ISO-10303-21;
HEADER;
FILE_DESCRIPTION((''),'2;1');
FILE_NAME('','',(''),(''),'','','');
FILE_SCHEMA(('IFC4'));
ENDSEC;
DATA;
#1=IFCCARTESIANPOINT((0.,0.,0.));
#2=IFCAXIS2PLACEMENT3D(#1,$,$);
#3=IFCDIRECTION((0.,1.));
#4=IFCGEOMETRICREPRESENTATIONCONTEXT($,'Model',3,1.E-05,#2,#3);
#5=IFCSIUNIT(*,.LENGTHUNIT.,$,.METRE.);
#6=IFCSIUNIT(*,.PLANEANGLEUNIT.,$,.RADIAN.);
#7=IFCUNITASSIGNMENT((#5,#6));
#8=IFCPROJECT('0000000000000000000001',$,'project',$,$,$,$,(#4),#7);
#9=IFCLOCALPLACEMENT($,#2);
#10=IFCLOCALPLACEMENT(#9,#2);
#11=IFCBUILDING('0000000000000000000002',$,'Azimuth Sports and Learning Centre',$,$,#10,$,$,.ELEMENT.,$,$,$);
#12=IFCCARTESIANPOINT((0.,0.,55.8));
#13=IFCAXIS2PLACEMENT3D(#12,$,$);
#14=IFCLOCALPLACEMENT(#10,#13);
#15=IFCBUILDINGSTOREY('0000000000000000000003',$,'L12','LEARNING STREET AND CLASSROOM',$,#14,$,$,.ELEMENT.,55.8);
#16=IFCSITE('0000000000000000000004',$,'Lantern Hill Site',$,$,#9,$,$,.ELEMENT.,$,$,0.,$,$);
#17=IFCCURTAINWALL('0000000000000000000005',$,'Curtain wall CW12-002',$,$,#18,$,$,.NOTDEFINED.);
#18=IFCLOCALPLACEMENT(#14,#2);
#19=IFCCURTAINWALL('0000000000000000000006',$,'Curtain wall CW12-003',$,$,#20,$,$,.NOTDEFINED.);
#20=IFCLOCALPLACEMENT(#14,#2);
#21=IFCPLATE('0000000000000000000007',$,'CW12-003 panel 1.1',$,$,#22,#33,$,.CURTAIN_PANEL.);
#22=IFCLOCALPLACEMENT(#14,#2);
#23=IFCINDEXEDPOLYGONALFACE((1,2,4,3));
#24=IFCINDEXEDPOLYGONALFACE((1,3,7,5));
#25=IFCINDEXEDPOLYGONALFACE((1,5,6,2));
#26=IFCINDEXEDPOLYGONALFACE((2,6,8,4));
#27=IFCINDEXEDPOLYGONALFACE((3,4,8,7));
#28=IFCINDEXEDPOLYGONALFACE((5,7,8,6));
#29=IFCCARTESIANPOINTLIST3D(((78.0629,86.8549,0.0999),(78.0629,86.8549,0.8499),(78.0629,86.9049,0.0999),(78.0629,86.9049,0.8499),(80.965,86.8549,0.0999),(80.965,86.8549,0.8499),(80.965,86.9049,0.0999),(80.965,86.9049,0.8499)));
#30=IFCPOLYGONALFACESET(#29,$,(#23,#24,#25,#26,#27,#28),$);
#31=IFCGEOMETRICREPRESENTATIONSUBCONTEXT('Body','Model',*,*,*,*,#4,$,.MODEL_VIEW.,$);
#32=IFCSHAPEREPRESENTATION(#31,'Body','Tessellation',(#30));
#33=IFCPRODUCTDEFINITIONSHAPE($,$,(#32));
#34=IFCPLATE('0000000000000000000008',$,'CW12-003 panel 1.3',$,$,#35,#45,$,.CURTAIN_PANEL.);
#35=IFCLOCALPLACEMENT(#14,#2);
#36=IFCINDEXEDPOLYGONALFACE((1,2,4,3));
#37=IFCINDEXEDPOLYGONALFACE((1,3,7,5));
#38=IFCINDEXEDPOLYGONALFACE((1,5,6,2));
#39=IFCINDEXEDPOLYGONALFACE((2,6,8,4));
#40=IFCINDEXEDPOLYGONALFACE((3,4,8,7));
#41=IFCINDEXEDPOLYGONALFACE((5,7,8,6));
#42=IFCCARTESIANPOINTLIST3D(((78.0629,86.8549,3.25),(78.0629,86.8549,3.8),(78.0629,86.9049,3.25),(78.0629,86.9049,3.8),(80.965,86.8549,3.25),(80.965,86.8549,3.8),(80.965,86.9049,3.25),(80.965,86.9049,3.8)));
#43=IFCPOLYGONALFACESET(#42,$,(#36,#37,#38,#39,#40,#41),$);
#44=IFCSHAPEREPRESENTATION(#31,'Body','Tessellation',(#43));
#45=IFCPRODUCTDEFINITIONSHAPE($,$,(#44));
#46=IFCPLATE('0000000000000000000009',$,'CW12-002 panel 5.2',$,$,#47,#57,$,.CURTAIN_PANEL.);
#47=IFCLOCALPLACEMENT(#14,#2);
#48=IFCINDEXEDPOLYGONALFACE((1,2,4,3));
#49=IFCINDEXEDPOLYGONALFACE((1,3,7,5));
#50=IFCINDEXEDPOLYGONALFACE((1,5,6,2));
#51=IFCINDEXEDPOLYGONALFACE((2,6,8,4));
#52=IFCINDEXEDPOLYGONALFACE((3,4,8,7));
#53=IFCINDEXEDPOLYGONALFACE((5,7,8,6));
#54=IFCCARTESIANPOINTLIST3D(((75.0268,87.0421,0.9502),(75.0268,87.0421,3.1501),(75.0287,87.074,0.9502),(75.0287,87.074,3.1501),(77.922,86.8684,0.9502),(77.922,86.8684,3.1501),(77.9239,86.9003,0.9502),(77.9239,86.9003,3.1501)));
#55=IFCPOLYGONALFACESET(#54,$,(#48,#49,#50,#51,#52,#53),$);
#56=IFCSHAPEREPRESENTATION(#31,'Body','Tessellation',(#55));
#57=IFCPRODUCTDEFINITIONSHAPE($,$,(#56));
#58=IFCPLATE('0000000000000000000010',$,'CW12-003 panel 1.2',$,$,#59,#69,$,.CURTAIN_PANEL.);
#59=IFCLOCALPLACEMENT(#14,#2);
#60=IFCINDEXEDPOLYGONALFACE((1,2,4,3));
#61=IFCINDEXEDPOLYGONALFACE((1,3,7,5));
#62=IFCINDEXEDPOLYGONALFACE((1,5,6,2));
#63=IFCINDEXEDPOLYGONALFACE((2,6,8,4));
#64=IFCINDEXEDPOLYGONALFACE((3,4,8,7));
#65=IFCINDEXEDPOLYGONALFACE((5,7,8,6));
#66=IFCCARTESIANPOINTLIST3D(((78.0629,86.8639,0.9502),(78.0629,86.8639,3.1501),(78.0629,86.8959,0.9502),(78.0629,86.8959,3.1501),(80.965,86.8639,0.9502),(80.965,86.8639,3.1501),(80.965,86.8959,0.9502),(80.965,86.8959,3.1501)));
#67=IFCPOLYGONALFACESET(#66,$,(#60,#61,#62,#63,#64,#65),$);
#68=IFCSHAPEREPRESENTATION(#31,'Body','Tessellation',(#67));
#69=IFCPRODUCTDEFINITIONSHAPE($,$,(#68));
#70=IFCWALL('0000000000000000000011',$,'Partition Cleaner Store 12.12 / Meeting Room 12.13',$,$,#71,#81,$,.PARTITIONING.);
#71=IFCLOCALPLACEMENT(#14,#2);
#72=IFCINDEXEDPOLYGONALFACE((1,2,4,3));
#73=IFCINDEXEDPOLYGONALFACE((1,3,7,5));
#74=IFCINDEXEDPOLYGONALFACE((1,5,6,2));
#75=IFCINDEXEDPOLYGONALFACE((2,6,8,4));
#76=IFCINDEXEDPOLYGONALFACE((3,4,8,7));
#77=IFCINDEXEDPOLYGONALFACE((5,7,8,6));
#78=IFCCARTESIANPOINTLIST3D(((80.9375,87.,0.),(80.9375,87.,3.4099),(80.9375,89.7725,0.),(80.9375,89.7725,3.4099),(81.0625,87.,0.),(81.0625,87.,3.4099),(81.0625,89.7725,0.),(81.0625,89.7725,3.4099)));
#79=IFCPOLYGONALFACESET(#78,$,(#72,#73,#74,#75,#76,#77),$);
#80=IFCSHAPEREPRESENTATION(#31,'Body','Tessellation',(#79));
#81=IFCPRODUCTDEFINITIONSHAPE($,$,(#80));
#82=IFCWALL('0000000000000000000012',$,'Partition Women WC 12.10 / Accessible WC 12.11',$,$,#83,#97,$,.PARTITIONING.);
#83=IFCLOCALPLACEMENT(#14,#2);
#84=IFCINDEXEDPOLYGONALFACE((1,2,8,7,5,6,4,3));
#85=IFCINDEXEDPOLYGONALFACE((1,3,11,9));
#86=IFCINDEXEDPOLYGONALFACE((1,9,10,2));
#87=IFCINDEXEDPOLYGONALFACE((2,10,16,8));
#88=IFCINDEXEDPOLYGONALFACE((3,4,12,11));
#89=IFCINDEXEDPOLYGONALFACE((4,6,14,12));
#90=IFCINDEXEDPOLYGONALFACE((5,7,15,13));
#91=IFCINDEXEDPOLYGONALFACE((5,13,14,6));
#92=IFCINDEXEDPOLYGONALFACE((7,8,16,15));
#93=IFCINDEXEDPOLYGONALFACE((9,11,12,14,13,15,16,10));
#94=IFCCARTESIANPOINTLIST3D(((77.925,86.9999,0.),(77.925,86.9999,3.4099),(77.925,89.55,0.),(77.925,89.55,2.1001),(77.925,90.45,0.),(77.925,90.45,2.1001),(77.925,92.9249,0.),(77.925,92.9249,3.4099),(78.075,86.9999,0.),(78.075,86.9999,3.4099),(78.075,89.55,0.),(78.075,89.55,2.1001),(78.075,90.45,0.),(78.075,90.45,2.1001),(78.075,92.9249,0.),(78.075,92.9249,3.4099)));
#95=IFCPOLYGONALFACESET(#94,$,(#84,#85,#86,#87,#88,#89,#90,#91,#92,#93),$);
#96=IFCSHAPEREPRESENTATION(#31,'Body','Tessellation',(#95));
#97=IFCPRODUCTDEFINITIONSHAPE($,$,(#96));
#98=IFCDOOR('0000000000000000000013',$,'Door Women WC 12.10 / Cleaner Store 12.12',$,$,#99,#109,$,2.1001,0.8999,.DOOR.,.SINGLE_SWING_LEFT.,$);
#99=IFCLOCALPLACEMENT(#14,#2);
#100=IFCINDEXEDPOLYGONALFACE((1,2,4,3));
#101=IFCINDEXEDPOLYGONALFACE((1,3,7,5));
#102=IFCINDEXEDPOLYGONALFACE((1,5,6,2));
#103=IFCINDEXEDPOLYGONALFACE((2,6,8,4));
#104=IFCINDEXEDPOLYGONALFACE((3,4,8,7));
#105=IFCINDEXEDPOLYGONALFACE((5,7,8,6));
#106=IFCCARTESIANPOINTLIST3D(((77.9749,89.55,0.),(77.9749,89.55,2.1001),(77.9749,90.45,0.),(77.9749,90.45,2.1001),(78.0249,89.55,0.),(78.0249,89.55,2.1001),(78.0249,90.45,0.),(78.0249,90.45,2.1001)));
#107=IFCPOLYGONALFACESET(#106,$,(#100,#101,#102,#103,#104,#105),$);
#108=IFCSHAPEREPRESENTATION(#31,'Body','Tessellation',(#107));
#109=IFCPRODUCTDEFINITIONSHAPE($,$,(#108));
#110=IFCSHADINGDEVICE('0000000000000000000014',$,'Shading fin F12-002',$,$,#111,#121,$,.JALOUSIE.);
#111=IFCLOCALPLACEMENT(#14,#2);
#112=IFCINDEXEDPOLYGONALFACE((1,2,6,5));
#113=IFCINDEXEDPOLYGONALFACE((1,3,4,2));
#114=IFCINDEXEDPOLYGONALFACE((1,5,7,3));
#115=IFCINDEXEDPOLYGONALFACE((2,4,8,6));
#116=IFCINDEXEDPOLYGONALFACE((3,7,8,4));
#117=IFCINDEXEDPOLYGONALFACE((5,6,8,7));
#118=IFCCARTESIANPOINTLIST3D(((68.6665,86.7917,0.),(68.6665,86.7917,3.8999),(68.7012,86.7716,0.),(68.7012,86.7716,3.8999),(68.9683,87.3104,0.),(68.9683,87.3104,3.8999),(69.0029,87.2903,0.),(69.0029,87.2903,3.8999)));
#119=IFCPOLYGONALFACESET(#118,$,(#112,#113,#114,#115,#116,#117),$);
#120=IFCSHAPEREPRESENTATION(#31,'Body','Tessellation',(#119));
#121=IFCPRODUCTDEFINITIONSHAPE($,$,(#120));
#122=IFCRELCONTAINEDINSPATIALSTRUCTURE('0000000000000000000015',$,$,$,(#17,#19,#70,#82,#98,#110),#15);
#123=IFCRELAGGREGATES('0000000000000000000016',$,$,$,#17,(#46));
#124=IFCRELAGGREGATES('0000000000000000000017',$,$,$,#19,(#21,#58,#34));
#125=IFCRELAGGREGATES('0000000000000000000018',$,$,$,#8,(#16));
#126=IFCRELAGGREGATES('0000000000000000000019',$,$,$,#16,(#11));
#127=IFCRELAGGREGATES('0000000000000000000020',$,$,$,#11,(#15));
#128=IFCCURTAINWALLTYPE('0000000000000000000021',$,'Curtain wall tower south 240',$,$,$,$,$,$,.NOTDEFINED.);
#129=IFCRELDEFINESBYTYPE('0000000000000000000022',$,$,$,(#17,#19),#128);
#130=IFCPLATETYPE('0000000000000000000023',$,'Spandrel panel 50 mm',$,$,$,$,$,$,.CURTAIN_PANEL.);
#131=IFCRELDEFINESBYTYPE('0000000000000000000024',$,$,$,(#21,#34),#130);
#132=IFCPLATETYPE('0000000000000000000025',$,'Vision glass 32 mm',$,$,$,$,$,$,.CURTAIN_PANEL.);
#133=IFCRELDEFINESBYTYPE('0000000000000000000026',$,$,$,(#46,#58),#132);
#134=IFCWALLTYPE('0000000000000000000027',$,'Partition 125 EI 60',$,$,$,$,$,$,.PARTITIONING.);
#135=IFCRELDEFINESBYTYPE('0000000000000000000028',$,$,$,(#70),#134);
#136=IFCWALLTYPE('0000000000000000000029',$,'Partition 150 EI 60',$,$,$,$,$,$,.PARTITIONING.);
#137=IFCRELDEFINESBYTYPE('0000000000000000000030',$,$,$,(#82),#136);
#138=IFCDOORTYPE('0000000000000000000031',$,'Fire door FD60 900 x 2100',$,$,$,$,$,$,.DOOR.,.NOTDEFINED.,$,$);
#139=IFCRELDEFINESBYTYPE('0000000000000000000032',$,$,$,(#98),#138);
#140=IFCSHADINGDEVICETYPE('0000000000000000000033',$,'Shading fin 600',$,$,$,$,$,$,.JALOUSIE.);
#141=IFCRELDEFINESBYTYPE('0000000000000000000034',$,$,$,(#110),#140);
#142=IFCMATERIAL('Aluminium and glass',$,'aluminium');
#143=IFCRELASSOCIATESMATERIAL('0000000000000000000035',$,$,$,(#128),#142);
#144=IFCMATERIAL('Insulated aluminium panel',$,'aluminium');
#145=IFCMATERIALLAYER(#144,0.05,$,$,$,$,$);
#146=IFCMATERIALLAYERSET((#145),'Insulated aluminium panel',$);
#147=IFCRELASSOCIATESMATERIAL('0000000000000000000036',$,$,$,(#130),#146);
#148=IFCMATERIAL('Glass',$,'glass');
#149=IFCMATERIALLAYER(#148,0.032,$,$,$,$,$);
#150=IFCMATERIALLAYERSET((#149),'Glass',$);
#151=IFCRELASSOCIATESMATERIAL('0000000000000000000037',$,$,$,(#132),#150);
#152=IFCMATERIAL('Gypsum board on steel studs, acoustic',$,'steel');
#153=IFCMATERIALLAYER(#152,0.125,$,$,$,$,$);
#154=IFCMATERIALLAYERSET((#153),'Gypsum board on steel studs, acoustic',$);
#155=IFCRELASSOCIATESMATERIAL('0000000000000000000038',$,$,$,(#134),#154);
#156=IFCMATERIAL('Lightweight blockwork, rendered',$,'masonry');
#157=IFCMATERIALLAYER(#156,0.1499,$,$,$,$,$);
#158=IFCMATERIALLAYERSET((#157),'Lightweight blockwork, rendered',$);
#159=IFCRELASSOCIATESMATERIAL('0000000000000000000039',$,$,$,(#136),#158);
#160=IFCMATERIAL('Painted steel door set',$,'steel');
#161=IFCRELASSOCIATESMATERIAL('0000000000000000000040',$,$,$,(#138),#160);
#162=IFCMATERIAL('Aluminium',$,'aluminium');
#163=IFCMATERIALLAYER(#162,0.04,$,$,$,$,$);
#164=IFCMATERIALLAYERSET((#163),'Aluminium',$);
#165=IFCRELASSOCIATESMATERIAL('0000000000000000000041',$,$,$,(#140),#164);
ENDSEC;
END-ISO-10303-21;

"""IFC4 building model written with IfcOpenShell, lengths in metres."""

from ifc_helpers import new_model, si_unit, direction, frame, frame_2d, origin, origin_2d, place, context, subcontext, project, spatial, rectangle, extrude, material, layer, layer_set, type_object, element, fill, aggregate, save


model = new_model("IFC4")

# Units and contexts
model_context = context("Model", 3, precision=1e-05, world=origin(), true_north=direction((0.0, 1.0)))
body_context = subcontext(model_context, "Body", "Model", "MODEL_VIEW")
ifc_project = project(units=[si_unit("LENGTHUNIT", "METRE"), si_unit("PLANEANGLEUNIT", "RADIAN")], contexts=[model_context])

# Site, building, storey
site_placement = place(None, origin())
site = spatial("IfcSite", under=ifc_project, at=site_placement, Name="Lantern Hill Site", CompositionType="ELEMENT", RefElevation=0.0)
building_placement = place(site_placement, origin())
building = spatial("IfcBuilding", under=site, at=building_placement, Name="Azimuth Sports and Learning Centre", CompositionType="ELEMENT")
storey_placement = place(building_placement, frame((0.0, 0.0, 55.8)))
storey = spatial("IfcBuildingStorey", under=building, at=storey_placement, Name="L12", Description="LEARNING STREET AND CLASSROOM", CompositionType="ELEMENT", Elevation=55.8)

# Curtain wall
ifc_material_1 = material(Name="Aluminium and glass", Category="aluminium")
curtain_wall_type = type_object("IfcCurtainWallType", Name="Curtain wall tower south 240", PredefinedType="NOTDEFINED", material=ifc_material_1)
curtain_wall_1_placement = place(storey_placement, origin())
curtain_wall_1 = element("IfcCurtainWall", 1, at=curtain_wall_1_placement, inside=storey, type_object=curtain_wall_type, Name="Curtain wall CW12-002", PredefinedType="NOTDEFINED")

# Curtain wall
curtain_wall_2_placement = place(storey_placement, origin())
curtain_wall_2 = element("IfcCurtainWall", 2, at=curtain_wall_2_placement, inside=storey, type_object=curtain_wall_type, Name="Curtain wall CW12-003", PredefinedType="NOTDEFINED")

# Plates
ifc_material_2 = material(Name="Insulated aluminium panel", Category="aluminium")
ifc_layer_1 = layer(ifc_material_2, 0.05)
ifc_layer_set_1 = layer_set([ifc_layer_1], Name="Insulated aluminium panel")
plate_type_1 = type_object("IfcPlateType", Name="Spandrel panel 50 mm", PredefinedType="CURTAIN_PANEL", material=ifc_layer_set_1)
plate_1_placement = place(storey_placement, frame((79.5139, 86.8799, 0.0999), z_axis=(0.0, 0.0, 1.0), x_axis=(1.0, 0.0, 0.0)))
plate_1 = element("IfcPlate", 3, at=plate_1_placement, type_object=plate_type_1, Name="CW12-003 panel 1.1", PredefinedType="CURTAIN_PANEL", context=body_context, shape_type="SweptSolid", body=[
    extrude(rectangle(XDim=2.9021, YDim=0.05, at=origin_2d()), origin(), (0.0, 0.0, 1.0), 0.75),
])
plate_2_placement = place(storey_placement, frame((79.5139, 86.8799, 3.25), z_axis=(0.0, 0.0, 1.0), x_axis=(1.0, 0.0, 0.0)))
plate_2 = element("IfcPlate", 4, at=plate_2_placement, type_object=plate_type_1, Name="CW12-003 panel 1.3", PredefinedType="CURTAIN_PANEL", context=body_context, shape_type="SweptSolid", body=[
    extrude(rectangle(XDim=2.9021, YDim=0.05, at=origin_2d()), origin(), (0.0, 0.0, 1.0), 0.55),
])
ifc_material_3 = material(Name="Glass", Category="glass")
ifc_layer_2 = layer(ifc_material_3, 0.032)
ifc_layer_set_2 = layer_set([ifc_layer_2], Name="Glass")
plate_type_2 = type_object("IfcPlateType", Name="Vision glass 32 mm", PredefinedType="CURTAIN_PANEL", material=ifc_layer_set_2)
plate_3_placement = place(storey_placement, frame((76.4753, 86.9712, 0.9502), z_axis=(0.0, 0.0, 1.0), x_axis=(0.998205, -0.059892, 0.0)))
plate_3 = element("IfcPlate", 5, at=plate_3_placement, type_object=plate_type_2, Name="CW12-002 panel 5.2", PredefinedType="CURTAIN_PANEL", context=body_context, shape_type="SweptSolid", body=[
    extrude(rectangle(XDim=2.9004, YDim=0.032, at=origin_2d()), origin(), (0.0, 0.0, 1.0), 2.2),
])
aggregate(curtain_wall_1, [plate_3])
plate_4_placement = place(storey_placement, frame((79.5139, 86.8799, 0.9502), z_axis=(0.0, 0.0, 1.0), x_axis=(1.0, 0.0, 0.0)))
plate_4 = element("IfcPlate", 6, at=plate_4_placement, type_object=plate_type_2, Name="CW12-003 panel 1.2", PredefinedType="CURTAIN_PANEL", context=body_context, shape_type="SweptSolid", body=[
    extrude(rectangle(XDim=2.9021, YDim=0.032, at=origin_2d()), origin(), (0.0, 0.0, 1.0), 2.2),
])
aggregate(curtain_wall_2, [plate_1, plate_4, plate_2])

# Wall
ifc_material_4 = material(Name="Gypsum board on steel studs, acoustic", Category="steel")
ifc_layer_3 = layer(ifc_material_4, 0.125)
ifc_layer_set_3 = layer_set([ifc_layer_3], Name="Gypsum board on steel studs, acoustic")
wall_type_1 = type_object("IfcWallType", Name="Partition 125 EI 60", PredefinedType="PARTITIONING", material=ifc_layer_set_3)
wall_1_placement = place(storey_placement, frame((81.0, 87.0, 0.0), z_axis=(0.0, 0.0, 1.0), x_axis=(0.0, 1.0, 0.0)))
element("IfcWall", 7, at=wall_1_placement, inside=storey, type_object=wall_type_1, Name="Partition Cleaner Store 12.12 / Meeting Room 12.13", PredefinedType="PARTITIONING", context=body_context, shape_type="SweptSolid", body=[
    extrude(rectangle(XDim=2.7725, YDim=0.125, at=frame_2d((1.3862, 0.0))), origin(), (0.0, 0.0, 1.0), 3.4099),
])

# Wall, opening, door
ifc_material_5 = material(Name="Lightweight blockwork, rendered", Category="masonry")
ifc_layer_4 = layer(ifc_material_5, 0.1499)
ifc_layer_set_4 = layer_set([ifc_layer_4], Name="Lightweight blockwork, rendered")
wall_type_2 = type_object("IfcWallType", Name="Partition 150 EI 60", PredefinedType="PARTITIONING", material=ifc_layer_set_4)
wall_2_placement = place(storey_placement, frame((78.0, 87.0, 0.0), z_axis=(0.0, 0.0, 1.0), x_axis=(0.0, 1.0, 0.0)))
wall_2 = element("IfcWall", 8, at=wall_2_placement, inside=storey, type_object=wall_type_2, Name="Partition Women WC 12.10 / Accessible WC 12.11", PredefinedType="PARTITIONING", context=body_context, shape_type="SweptSolid", body=[
    extrude(rectangle(XDim=5.925, YDim=0.1499, at=frame_2d((2.9624, 0.0))), origin(), (0.0, 0.0, 1.0), 3.4099),
])
opening_placement = place(wall_2_placement, frame((2.55, 0.0, 0.0)))
opening = element("IfcOpeningElement", 9, at=opening_placement, cuts=wall_2, PredefinedType="OPENING", context=body_context, shape_type="SweptSolid", body=[
    extrude(rectangle(XDim=0.8999, YDim=2.1001, at=frame_2d((0.45, 1.05))), frame((0.0, 0.0859, 0.0), z_axis=(0.0, -1.0, 0.0), x_axis=(1.0, 0.0, 0.0)), (0.0, 0.0, 1.0), 0.1719),
])
ifc_material_6 = material(Name="Painted steel door set", Category="steel")
door_type = type_object("IfcDoorType", Name="Fire door FD60 900 x 2100", OperationType="NOTDEFINED", PredefinedType="DOOR", material=ifc_material_6)
door_placement = place(opening_placement, frame((0.8999, 0.0, 0.0), z_axis=(0.0, 0.0, 1.0), x_axis=(-1.0, 0.0, 0.0)))
door = element("IfcDoor", 10, at=door_placement, inside=storey, type_object=door_type, Name="Door Women WC 12.10 / Cleaner Store 12.12", OperationType="SINGLE_SWING_LEFT", OverallHeight=2.1001, OverallWidth=0.8999, PredefinedType="DOOR", context=body_context, shape_type="SweptSolid", body=[
    extrude(rectangle(XDim=0.8999, YDim=2.1001, at=frame_2d((0.45, 1.05))), frame((0.0, 0.0249, 0.0), z_axis=(0.0, -1.0, 0.0), x_axis=(1.0, 0.0, 0.0)), (0.0, 0.0, 1.0), 0.05),
])
fill(opening, door)

# Shading device
ifc_material_7 = material(Name="Aluminium", Category="aluminium")
ifc_layer_5 = layer(ifc_material_7, 0.04)
ifc_layer_set_5 = layer_set([ifc_layer_5], Name="Aluminium")
shading_device_type = type_object("IfcShadingDeviceType", Name="Shading fin 600", PredefinedType="JALOUSIE", material=ifc_layer_set_5)
shading_device_placement = place(storey_placement, frame((68.8347, 87.041, 0.0), z_axis=(0.0, 0.0, 1.0), x_axis=(-0.502821, -0.86439, 0.0)))
element("IfcShadingDevice", 11, at=shading_device_placement, inside=storey, type_object=shading_device_type, Name="Shading fin F12-002", PredefinedType="JALOUSIE", context=body_context, shape_type="SweptSolid", body=[
    extrude(rectangle(XDim=0.6001, YDim=0.04, at=origin_2d()), origin(), (0.0, 0.0, 1.0), 3.8999),
])

save(model, "model.ifc")
